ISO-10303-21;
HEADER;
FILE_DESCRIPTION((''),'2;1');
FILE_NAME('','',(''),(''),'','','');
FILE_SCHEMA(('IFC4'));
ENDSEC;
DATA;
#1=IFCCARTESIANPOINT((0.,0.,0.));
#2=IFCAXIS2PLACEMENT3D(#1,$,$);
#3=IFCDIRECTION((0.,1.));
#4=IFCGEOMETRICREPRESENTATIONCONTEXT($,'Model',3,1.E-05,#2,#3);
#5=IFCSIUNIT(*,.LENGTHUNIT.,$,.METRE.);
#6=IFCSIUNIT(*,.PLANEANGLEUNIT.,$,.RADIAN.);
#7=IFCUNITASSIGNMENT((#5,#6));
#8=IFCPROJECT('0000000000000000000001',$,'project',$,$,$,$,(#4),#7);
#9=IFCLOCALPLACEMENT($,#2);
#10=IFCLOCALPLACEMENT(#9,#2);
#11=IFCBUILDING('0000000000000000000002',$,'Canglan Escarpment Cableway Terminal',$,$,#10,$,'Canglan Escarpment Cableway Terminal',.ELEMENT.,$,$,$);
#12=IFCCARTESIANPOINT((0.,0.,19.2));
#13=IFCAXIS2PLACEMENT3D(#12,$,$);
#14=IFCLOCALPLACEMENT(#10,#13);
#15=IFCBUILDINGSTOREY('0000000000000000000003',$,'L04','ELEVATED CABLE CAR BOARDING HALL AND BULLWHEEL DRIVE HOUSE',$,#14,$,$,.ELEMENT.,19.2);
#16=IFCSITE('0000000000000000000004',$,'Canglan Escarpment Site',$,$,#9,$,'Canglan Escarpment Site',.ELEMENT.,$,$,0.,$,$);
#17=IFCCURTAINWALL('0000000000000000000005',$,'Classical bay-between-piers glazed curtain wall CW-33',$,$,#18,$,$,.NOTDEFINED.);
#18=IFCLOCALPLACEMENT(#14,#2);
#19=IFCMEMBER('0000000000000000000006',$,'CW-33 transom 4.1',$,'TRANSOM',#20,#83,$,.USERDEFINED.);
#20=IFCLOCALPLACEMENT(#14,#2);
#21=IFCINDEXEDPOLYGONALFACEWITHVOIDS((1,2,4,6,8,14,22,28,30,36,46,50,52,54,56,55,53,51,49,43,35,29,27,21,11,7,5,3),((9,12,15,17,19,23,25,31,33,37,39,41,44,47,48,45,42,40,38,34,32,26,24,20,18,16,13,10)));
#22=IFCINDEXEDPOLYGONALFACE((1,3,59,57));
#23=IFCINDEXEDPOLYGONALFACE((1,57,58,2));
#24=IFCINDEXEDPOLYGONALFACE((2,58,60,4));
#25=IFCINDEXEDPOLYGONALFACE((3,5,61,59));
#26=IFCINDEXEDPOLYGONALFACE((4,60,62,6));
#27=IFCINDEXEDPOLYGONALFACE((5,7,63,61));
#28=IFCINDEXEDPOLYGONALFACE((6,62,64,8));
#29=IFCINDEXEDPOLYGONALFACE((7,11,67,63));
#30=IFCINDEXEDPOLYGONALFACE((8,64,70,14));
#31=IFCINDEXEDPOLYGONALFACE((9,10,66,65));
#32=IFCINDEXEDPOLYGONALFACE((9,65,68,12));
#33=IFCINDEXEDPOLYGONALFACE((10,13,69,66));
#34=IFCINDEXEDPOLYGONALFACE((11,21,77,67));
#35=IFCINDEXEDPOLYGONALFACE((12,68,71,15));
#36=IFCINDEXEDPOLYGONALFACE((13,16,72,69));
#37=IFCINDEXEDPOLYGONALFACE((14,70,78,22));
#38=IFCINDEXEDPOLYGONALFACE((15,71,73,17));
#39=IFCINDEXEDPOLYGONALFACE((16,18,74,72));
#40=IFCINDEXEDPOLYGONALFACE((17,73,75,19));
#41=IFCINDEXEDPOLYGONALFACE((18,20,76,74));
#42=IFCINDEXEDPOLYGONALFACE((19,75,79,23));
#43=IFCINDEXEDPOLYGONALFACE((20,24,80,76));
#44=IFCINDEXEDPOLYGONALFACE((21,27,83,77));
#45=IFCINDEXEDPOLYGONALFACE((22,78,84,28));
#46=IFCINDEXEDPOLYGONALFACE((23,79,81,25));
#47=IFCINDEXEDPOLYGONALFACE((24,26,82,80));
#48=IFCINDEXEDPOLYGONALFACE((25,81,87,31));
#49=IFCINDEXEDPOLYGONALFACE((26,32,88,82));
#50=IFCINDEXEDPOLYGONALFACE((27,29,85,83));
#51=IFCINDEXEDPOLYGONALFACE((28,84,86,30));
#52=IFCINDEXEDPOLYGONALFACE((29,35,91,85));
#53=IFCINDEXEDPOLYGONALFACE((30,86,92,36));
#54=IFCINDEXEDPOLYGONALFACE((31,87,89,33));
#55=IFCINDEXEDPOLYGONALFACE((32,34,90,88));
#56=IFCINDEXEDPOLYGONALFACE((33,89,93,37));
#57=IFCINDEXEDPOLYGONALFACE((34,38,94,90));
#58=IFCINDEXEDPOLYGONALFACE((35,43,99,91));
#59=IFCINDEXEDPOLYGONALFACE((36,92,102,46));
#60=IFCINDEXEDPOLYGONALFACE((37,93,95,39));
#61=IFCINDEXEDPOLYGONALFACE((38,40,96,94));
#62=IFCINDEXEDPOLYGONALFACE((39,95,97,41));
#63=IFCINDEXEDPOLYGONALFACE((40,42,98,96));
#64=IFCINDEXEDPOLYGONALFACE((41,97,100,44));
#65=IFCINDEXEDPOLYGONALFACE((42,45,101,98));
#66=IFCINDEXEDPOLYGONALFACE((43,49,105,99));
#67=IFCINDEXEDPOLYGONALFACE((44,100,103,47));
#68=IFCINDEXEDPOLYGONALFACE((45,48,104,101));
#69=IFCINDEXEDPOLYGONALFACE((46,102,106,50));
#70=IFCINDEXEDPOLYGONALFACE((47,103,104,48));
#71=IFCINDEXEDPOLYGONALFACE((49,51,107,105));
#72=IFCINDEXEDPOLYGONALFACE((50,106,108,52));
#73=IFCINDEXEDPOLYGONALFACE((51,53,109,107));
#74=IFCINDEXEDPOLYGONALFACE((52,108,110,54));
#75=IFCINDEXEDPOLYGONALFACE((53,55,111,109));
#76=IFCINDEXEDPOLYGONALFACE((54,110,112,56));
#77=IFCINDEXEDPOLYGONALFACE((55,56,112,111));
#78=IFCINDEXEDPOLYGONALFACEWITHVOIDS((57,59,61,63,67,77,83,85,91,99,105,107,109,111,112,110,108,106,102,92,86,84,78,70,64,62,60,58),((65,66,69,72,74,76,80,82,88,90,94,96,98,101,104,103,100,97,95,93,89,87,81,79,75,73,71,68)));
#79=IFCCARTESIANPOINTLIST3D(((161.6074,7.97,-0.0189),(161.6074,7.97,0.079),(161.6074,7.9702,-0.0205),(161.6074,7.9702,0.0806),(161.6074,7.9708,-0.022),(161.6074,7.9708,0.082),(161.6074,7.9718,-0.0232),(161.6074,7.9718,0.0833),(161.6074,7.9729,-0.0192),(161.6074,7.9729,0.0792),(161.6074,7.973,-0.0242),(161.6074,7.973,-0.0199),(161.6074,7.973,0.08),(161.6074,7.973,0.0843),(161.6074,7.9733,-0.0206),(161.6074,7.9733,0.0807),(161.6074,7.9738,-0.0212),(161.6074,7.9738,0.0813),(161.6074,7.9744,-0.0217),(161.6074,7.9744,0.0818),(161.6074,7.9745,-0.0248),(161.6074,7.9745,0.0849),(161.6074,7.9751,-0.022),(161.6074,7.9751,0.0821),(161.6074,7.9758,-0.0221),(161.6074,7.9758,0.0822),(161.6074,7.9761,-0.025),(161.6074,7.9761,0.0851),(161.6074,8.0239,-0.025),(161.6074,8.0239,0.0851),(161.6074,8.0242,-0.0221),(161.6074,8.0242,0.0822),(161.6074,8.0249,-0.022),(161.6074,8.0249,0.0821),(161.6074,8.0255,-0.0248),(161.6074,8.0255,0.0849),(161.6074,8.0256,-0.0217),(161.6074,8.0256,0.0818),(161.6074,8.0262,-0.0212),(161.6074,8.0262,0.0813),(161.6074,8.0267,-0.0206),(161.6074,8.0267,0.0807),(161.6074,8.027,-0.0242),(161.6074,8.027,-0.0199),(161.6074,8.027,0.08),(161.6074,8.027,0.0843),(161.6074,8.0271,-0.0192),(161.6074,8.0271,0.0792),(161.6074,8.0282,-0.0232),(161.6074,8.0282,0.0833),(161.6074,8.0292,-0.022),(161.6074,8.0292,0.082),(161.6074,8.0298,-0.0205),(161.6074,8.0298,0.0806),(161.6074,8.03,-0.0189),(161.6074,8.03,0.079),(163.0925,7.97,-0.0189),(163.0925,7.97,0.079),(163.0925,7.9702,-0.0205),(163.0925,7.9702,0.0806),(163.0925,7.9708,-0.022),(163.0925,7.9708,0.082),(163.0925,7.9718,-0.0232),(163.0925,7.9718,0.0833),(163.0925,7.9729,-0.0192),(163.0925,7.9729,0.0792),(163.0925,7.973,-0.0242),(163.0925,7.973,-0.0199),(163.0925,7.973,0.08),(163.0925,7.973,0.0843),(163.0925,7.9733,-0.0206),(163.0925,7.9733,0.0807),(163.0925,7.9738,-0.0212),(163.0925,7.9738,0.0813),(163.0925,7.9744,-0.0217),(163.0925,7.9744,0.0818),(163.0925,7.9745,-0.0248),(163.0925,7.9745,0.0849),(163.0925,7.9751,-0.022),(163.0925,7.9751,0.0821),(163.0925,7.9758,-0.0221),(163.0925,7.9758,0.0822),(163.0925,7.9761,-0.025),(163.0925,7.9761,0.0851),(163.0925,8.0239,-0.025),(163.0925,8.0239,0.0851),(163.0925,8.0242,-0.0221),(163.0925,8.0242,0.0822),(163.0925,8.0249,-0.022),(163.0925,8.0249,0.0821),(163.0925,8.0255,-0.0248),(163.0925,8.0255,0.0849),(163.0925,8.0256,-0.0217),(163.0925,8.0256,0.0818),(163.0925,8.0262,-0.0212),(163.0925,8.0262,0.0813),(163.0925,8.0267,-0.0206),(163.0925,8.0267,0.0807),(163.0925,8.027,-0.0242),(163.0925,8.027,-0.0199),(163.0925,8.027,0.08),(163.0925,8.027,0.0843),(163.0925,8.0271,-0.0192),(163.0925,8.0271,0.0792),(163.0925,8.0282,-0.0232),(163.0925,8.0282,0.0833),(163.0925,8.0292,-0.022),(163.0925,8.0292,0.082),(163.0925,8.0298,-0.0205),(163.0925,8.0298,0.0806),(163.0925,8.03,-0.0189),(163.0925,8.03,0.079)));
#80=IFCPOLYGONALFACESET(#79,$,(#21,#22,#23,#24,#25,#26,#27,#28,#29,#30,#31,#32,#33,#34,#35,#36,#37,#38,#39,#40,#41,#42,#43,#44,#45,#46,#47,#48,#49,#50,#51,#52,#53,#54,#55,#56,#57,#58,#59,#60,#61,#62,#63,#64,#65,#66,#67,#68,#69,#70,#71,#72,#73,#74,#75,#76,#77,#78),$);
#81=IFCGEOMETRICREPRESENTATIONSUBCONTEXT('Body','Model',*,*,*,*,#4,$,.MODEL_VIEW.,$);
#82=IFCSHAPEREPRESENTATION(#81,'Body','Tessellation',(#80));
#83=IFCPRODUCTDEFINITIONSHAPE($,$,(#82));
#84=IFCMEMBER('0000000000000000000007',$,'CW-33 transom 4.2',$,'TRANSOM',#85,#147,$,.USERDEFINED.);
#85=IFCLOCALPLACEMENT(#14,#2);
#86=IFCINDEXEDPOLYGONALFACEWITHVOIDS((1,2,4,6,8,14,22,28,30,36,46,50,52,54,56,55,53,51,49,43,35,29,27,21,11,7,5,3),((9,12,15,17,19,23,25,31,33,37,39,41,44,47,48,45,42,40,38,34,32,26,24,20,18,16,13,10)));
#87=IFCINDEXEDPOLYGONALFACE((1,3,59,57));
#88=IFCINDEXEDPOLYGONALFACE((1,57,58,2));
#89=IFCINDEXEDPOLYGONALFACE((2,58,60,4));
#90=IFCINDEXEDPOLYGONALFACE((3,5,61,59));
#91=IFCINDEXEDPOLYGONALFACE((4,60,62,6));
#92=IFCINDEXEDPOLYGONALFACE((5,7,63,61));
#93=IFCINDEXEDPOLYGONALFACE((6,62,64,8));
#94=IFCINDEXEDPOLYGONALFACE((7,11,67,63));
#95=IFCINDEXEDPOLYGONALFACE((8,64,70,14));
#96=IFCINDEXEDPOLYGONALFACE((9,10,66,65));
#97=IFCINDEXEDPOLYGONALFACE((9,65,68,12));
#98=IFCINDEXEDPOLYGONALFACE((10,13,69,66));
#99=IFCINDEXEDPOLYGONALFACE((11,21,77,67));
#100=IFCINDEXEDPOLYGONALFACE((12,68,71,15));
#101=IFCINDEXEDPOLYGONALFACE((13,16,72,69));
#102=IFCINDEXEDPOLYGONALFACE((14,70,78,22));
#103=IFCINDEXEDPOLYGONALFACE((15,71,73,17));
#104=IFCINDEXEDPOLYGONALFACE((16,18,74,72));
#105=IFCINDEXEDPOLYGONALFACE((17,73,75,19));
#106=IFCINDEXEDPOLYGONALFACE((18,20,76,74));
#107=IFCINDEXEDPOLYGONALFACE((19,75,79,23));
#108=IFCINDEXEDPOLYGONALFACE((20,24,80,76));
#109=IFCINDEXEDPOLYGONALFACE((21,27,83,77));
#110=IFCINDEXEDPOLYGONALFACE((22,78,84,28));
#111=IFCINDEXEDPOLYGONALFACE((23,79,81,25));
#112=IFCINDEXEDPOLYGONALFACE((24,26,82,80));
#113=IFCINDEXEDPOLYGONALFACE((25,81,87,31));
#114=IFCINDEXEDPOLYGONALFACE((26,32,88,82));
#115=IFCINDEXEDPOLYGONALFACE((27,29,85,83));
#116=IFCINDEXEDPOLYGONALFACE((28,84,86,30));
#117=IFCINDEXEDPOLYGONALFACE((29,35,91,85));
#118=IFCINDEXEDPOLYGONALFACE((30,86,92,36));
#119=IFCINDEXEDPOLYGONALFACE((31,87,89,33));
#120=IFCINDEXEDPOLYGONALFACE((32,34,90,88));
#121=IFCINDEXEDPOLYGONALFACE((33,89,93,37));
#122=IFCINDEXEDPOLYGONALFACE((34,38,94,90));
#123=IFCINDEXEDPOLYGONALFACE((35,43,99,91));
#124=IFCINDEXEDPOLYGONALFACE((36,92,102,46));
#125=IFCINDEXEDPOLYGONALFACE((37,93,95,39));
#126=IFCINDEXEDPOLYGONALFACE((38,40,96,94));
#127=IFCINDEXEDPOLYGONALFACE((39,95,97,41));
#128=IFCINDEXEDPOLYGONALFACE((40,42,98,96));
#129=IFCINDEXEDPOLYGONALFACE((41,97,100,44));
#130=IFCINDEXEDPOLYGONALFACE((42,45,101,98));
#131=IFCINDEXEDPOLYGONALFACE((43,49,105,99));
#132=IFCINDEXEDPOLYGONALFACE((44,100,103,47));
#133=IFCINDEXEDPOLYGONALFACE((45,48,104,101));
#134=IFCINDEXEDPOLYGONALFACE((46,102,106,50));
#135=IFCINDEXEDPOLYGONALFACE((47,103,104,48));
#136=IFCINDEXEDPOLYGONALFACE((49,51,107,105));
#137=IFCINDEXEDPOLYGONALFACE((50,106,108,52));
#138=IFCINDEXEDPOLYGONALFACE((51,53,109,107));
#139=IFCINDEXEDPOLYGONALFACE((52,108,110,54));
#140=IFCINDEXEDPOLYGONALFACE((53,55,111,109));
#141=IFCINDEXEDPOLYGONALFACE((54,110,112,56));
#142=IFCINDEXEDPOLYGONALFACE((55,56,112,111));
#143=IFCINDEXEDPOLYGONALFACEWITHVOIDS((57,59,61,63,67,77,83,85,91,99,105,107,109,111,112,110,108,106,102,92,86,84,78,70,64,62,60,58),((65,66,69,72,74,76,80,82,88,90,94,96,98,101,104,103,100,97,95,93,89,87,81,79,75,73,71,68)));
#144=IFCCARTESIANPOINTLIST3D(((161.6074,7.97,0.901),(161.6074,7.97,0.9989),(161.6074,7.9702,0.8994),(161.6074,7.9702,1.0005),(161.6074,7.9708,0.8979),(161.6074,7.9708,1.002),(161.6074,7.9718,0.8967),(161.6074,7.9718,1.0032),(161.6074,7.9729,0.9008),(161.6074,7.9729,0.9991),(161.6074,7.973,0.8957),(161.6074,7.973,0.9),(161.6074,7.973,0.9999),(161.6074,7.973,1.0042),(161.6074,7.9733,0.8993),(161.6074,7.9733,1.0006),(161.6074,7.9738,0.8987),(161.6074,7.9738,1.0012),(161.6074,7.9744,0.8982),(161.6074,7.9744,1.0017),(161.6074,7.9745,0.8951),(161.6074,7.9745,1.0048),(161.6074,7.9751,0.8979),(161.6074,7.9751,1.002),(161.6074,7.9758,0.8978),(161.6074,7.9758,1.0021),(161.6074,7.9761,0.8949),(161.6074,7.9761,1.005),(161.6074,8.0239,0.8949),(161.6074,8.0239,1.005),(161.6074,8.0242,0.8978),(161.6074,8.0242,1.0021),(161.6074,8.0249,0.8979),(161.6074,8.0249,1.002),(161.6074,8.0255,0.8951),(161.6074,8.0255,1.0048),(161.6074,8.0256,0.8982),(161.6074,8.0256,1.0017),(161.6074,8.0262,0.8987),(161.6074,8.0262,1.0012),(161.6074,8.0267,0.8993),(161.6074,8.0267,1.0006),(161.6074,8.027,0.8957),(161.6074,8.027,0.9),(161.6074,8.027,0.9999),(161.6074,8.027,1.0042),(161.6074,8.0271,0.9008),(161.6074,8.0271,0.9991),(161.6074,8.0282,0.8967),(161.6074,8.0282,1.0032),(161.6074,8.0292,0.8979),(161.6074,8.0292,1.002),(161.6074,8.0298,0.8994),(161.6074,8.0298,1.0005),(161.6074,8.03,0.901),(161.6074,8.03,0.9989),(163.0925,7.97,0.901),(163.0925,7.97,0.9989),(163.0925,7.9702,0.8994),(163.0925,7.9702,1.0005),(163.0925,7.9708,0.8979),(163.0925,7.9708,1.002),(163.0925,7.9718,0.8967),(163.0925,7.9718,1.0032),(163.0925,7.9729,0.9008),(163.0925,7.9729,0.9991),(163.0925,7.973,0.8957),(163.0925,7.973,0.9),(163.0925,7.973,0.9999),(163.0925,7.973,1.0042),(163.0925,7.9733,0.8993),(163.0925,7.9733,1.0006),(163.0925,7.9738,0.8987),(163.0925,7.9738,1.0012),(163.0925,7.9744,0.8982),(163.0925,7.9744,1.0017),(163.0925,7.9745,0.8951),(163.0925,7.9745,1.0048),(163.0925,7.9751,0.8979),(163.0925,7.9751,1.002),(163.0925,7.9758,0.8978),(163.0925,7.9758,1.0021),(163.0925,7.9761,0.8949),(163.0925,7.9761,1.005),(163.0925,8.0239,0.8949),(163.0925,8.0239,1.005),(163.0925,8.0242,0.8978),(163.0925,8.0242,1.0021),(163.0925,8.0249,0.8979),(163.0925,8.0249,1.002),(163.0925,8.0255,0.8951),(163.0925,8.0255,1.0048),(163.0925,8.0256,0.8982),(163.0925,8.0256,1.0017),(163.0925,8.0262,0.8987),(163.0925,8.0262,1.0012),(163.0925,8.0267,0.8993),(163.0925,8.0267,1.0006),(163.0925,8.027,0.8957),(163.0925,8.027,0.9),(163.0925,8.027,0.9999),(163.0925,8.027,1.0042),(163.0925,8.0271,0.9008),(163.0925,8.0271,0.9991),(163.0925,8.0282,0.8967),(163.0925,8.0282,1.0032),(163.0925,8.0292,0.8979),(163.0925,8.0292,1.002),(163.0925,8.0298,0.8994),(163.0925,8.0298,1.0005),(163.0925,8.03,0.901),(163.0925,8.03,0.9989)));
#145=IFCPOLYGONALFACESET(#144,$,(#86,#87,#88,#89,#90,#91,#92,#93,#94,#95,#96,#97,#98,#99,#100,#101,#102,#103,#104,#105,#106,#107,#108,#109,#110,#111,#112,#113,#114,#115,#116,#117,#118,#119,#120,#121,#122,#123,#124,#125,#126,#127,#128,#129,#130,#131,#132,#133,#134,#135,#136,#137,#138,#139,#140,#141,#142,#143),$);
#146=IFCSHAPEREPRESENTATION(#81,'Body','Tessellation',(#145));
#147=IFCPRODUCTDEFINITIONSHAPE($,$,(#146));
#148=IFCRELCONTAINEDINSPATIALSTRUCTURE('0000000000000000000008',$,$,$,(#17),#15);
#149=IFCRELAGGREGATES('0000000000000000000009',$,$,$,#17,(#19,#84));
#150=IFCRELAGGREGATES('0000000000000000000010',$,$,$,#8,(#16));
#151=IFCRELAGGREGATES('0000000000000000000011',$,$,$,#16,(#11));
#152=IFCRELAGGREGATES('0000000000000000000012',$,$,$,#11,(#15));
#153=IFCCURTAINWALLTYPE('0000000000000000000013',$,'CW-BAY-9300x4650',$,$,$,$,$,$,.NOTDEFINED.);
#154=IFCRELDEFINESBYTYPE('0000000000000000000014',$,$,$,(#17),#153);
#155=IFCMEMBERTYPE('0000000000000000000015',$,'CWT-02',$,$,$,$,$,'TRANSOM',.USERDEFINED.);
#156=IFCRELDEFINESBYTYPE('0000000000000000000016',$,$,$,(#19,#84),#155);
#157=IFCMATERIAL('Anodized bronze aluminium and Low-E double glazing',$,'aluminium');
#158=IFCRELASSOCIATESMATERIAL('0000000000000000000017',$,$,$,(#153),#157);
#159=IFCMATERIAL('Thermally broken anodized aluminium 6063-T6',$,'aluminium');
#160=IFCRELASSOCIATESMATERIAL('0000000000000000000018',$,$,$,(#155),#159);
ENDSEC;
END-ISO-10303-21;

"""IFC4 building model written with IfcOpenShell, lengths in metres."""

from ifc_helpers import new_model, si_unit, direction, frame, origin, origin_2d, place, context, subcontext, project, spatial, hollow_rectangle, extrude, material, material_profile, profile_set, type_object, element, aggregate, save


model = new_model("IFC4")

# Units and contexts
model_context = context("Model", 3, precision=1e-05, world=origin(), true_north=direction((0.0, 1.0)))
body_context = subcontext(model_context, "Body", "Model", "MODEL_VIEW")
ifc_project = project(units=[si_unit("LENGTHUNIT", "METRE"), si_unit("PLANEANGLEUNIT", "RADIAN")], contexts=[model_context])

# Site, building, storey
site_placement = place(None, origin())
site = spatial("IfcSite", under=ifc_project, at=site_placement, Name="Canglan Escarpment Site", LongName="Canglan Escarpment Site", CompositionType="ELEMENT", RefElevation=0.0)
building_placement = place(site_placement, origin())
building = spatial("IfcBuilding", under=site, at=building_placement, Name="Canglan Escarpment Cableway Terminal", LongName="Canglan Escarpment Cableway Terminal", CompositionType="ELEMENT")
storey_placement = place(building_placement, frame((0.0, 0.0, 19.2)))
storey = spatial("IfcBuildingStorey", under=building, at=storey_placement, Name="L04", Description="ELEVATED CABLE CAR BOARDING HALL AND BULLWHEEL DRIVE HOUSE", CompositionType="ELEMENT", Elevation=19.2)

# Curtain wall, members
ifc_material_1 = material(Name="Anodized bronze aluminium and Low-E double glazing", Category="aluminium")
curtain_wall_type = type_object("IfcCurtainWallType", Name="CW-BAY-9300x4650", PredefinedType="NOTDEFINED", material=ifc_material_1)
curtain_wall_placement = place(storey_placement, origin())
curtain_wall = element("IfcCurtainWall", 1, at=curtain_wall_placement, inside=storey, type_object=curtain_wall_type, Name="Classical bay-between-piers glazed curtain wall CW-33", PredefinedType="NOTDEFINED")
ifc_material_2 = material(Name="Thermally broken anodized aluminium 6063-T6", Category="aluminium")
ifc_material_profile_1 = material_profile(ifc_material_2, hollow_rectangle(XDim=0.0601, YDim=0.1101, WallThickness=0.0029, InnerFilletRadius=0.0029, OuterFilletRadius=0.0061, at=origin_2d()), Name="ALU-TRAN 60x110x3")
ifc_profile_set_1 = profile_set([ifc_material_profile_1], Name="Thermally broken anodized aluminium 6063-T6")
member_type_1 = type_object("IfcMemberType", Name="CWT-02", ElementType="TRANSOM", PredefinedType="USERDEFINED", material=ifc_profile_set_1)
member_1_placement = place(storey_placement, frame((161.6074, 8.0, 0.03), z_axis=(1.0, 0.0, 0.0), x_axis=(0.0, 1.0, 0.0)))
member_1 = element("IfcMember", 2, at=member_1_placement, type_object=member_type_1, Name="CW-33 transom 4.1", ObjectType="TRANSOM", PredefinedType="USERDEFINED", context=body_context, shape_type="SweptSolid", body=[
    extrude(hollow_rectangle(XDim=0.0601, YDim=0.1101, WallThickness=0.0029, InnerFilletRadius=0.0029, OuterFilletRadius=0.0061, at=origin_2d()), origin(), (0.0, 0.0, 1.0), 1.4851),
])
member_2_placement = place(storey_placement, frame((161.6074, 8.0, 0.95), z_axis=(1.0, 0.0, 0.0), x_axis=(0.0, 1.0, 0.0)))
member_2 = element("IfcMember", 3, at=member_2_placement, type_object=member_type_1, Name="CW-33 transom 4.2", ObjectType="TRANSOM", PredefinedType="USERDEFINED", context=body_context, shape_type="SweptSolid", body=[
    extrude(hollow_rectangle(XDim=0.0601, YDim=0.1101, WallThickness=0.0029, InnerFilletRadius=0.0029, OuterFilletRadius=0.0061, at=origin_2d()), origin(), (0.0, 0.0, 1.0), 1.4851),
])
aggregate(curtain_wall, [member_1, member_2])

save(model, "model.ifc")
